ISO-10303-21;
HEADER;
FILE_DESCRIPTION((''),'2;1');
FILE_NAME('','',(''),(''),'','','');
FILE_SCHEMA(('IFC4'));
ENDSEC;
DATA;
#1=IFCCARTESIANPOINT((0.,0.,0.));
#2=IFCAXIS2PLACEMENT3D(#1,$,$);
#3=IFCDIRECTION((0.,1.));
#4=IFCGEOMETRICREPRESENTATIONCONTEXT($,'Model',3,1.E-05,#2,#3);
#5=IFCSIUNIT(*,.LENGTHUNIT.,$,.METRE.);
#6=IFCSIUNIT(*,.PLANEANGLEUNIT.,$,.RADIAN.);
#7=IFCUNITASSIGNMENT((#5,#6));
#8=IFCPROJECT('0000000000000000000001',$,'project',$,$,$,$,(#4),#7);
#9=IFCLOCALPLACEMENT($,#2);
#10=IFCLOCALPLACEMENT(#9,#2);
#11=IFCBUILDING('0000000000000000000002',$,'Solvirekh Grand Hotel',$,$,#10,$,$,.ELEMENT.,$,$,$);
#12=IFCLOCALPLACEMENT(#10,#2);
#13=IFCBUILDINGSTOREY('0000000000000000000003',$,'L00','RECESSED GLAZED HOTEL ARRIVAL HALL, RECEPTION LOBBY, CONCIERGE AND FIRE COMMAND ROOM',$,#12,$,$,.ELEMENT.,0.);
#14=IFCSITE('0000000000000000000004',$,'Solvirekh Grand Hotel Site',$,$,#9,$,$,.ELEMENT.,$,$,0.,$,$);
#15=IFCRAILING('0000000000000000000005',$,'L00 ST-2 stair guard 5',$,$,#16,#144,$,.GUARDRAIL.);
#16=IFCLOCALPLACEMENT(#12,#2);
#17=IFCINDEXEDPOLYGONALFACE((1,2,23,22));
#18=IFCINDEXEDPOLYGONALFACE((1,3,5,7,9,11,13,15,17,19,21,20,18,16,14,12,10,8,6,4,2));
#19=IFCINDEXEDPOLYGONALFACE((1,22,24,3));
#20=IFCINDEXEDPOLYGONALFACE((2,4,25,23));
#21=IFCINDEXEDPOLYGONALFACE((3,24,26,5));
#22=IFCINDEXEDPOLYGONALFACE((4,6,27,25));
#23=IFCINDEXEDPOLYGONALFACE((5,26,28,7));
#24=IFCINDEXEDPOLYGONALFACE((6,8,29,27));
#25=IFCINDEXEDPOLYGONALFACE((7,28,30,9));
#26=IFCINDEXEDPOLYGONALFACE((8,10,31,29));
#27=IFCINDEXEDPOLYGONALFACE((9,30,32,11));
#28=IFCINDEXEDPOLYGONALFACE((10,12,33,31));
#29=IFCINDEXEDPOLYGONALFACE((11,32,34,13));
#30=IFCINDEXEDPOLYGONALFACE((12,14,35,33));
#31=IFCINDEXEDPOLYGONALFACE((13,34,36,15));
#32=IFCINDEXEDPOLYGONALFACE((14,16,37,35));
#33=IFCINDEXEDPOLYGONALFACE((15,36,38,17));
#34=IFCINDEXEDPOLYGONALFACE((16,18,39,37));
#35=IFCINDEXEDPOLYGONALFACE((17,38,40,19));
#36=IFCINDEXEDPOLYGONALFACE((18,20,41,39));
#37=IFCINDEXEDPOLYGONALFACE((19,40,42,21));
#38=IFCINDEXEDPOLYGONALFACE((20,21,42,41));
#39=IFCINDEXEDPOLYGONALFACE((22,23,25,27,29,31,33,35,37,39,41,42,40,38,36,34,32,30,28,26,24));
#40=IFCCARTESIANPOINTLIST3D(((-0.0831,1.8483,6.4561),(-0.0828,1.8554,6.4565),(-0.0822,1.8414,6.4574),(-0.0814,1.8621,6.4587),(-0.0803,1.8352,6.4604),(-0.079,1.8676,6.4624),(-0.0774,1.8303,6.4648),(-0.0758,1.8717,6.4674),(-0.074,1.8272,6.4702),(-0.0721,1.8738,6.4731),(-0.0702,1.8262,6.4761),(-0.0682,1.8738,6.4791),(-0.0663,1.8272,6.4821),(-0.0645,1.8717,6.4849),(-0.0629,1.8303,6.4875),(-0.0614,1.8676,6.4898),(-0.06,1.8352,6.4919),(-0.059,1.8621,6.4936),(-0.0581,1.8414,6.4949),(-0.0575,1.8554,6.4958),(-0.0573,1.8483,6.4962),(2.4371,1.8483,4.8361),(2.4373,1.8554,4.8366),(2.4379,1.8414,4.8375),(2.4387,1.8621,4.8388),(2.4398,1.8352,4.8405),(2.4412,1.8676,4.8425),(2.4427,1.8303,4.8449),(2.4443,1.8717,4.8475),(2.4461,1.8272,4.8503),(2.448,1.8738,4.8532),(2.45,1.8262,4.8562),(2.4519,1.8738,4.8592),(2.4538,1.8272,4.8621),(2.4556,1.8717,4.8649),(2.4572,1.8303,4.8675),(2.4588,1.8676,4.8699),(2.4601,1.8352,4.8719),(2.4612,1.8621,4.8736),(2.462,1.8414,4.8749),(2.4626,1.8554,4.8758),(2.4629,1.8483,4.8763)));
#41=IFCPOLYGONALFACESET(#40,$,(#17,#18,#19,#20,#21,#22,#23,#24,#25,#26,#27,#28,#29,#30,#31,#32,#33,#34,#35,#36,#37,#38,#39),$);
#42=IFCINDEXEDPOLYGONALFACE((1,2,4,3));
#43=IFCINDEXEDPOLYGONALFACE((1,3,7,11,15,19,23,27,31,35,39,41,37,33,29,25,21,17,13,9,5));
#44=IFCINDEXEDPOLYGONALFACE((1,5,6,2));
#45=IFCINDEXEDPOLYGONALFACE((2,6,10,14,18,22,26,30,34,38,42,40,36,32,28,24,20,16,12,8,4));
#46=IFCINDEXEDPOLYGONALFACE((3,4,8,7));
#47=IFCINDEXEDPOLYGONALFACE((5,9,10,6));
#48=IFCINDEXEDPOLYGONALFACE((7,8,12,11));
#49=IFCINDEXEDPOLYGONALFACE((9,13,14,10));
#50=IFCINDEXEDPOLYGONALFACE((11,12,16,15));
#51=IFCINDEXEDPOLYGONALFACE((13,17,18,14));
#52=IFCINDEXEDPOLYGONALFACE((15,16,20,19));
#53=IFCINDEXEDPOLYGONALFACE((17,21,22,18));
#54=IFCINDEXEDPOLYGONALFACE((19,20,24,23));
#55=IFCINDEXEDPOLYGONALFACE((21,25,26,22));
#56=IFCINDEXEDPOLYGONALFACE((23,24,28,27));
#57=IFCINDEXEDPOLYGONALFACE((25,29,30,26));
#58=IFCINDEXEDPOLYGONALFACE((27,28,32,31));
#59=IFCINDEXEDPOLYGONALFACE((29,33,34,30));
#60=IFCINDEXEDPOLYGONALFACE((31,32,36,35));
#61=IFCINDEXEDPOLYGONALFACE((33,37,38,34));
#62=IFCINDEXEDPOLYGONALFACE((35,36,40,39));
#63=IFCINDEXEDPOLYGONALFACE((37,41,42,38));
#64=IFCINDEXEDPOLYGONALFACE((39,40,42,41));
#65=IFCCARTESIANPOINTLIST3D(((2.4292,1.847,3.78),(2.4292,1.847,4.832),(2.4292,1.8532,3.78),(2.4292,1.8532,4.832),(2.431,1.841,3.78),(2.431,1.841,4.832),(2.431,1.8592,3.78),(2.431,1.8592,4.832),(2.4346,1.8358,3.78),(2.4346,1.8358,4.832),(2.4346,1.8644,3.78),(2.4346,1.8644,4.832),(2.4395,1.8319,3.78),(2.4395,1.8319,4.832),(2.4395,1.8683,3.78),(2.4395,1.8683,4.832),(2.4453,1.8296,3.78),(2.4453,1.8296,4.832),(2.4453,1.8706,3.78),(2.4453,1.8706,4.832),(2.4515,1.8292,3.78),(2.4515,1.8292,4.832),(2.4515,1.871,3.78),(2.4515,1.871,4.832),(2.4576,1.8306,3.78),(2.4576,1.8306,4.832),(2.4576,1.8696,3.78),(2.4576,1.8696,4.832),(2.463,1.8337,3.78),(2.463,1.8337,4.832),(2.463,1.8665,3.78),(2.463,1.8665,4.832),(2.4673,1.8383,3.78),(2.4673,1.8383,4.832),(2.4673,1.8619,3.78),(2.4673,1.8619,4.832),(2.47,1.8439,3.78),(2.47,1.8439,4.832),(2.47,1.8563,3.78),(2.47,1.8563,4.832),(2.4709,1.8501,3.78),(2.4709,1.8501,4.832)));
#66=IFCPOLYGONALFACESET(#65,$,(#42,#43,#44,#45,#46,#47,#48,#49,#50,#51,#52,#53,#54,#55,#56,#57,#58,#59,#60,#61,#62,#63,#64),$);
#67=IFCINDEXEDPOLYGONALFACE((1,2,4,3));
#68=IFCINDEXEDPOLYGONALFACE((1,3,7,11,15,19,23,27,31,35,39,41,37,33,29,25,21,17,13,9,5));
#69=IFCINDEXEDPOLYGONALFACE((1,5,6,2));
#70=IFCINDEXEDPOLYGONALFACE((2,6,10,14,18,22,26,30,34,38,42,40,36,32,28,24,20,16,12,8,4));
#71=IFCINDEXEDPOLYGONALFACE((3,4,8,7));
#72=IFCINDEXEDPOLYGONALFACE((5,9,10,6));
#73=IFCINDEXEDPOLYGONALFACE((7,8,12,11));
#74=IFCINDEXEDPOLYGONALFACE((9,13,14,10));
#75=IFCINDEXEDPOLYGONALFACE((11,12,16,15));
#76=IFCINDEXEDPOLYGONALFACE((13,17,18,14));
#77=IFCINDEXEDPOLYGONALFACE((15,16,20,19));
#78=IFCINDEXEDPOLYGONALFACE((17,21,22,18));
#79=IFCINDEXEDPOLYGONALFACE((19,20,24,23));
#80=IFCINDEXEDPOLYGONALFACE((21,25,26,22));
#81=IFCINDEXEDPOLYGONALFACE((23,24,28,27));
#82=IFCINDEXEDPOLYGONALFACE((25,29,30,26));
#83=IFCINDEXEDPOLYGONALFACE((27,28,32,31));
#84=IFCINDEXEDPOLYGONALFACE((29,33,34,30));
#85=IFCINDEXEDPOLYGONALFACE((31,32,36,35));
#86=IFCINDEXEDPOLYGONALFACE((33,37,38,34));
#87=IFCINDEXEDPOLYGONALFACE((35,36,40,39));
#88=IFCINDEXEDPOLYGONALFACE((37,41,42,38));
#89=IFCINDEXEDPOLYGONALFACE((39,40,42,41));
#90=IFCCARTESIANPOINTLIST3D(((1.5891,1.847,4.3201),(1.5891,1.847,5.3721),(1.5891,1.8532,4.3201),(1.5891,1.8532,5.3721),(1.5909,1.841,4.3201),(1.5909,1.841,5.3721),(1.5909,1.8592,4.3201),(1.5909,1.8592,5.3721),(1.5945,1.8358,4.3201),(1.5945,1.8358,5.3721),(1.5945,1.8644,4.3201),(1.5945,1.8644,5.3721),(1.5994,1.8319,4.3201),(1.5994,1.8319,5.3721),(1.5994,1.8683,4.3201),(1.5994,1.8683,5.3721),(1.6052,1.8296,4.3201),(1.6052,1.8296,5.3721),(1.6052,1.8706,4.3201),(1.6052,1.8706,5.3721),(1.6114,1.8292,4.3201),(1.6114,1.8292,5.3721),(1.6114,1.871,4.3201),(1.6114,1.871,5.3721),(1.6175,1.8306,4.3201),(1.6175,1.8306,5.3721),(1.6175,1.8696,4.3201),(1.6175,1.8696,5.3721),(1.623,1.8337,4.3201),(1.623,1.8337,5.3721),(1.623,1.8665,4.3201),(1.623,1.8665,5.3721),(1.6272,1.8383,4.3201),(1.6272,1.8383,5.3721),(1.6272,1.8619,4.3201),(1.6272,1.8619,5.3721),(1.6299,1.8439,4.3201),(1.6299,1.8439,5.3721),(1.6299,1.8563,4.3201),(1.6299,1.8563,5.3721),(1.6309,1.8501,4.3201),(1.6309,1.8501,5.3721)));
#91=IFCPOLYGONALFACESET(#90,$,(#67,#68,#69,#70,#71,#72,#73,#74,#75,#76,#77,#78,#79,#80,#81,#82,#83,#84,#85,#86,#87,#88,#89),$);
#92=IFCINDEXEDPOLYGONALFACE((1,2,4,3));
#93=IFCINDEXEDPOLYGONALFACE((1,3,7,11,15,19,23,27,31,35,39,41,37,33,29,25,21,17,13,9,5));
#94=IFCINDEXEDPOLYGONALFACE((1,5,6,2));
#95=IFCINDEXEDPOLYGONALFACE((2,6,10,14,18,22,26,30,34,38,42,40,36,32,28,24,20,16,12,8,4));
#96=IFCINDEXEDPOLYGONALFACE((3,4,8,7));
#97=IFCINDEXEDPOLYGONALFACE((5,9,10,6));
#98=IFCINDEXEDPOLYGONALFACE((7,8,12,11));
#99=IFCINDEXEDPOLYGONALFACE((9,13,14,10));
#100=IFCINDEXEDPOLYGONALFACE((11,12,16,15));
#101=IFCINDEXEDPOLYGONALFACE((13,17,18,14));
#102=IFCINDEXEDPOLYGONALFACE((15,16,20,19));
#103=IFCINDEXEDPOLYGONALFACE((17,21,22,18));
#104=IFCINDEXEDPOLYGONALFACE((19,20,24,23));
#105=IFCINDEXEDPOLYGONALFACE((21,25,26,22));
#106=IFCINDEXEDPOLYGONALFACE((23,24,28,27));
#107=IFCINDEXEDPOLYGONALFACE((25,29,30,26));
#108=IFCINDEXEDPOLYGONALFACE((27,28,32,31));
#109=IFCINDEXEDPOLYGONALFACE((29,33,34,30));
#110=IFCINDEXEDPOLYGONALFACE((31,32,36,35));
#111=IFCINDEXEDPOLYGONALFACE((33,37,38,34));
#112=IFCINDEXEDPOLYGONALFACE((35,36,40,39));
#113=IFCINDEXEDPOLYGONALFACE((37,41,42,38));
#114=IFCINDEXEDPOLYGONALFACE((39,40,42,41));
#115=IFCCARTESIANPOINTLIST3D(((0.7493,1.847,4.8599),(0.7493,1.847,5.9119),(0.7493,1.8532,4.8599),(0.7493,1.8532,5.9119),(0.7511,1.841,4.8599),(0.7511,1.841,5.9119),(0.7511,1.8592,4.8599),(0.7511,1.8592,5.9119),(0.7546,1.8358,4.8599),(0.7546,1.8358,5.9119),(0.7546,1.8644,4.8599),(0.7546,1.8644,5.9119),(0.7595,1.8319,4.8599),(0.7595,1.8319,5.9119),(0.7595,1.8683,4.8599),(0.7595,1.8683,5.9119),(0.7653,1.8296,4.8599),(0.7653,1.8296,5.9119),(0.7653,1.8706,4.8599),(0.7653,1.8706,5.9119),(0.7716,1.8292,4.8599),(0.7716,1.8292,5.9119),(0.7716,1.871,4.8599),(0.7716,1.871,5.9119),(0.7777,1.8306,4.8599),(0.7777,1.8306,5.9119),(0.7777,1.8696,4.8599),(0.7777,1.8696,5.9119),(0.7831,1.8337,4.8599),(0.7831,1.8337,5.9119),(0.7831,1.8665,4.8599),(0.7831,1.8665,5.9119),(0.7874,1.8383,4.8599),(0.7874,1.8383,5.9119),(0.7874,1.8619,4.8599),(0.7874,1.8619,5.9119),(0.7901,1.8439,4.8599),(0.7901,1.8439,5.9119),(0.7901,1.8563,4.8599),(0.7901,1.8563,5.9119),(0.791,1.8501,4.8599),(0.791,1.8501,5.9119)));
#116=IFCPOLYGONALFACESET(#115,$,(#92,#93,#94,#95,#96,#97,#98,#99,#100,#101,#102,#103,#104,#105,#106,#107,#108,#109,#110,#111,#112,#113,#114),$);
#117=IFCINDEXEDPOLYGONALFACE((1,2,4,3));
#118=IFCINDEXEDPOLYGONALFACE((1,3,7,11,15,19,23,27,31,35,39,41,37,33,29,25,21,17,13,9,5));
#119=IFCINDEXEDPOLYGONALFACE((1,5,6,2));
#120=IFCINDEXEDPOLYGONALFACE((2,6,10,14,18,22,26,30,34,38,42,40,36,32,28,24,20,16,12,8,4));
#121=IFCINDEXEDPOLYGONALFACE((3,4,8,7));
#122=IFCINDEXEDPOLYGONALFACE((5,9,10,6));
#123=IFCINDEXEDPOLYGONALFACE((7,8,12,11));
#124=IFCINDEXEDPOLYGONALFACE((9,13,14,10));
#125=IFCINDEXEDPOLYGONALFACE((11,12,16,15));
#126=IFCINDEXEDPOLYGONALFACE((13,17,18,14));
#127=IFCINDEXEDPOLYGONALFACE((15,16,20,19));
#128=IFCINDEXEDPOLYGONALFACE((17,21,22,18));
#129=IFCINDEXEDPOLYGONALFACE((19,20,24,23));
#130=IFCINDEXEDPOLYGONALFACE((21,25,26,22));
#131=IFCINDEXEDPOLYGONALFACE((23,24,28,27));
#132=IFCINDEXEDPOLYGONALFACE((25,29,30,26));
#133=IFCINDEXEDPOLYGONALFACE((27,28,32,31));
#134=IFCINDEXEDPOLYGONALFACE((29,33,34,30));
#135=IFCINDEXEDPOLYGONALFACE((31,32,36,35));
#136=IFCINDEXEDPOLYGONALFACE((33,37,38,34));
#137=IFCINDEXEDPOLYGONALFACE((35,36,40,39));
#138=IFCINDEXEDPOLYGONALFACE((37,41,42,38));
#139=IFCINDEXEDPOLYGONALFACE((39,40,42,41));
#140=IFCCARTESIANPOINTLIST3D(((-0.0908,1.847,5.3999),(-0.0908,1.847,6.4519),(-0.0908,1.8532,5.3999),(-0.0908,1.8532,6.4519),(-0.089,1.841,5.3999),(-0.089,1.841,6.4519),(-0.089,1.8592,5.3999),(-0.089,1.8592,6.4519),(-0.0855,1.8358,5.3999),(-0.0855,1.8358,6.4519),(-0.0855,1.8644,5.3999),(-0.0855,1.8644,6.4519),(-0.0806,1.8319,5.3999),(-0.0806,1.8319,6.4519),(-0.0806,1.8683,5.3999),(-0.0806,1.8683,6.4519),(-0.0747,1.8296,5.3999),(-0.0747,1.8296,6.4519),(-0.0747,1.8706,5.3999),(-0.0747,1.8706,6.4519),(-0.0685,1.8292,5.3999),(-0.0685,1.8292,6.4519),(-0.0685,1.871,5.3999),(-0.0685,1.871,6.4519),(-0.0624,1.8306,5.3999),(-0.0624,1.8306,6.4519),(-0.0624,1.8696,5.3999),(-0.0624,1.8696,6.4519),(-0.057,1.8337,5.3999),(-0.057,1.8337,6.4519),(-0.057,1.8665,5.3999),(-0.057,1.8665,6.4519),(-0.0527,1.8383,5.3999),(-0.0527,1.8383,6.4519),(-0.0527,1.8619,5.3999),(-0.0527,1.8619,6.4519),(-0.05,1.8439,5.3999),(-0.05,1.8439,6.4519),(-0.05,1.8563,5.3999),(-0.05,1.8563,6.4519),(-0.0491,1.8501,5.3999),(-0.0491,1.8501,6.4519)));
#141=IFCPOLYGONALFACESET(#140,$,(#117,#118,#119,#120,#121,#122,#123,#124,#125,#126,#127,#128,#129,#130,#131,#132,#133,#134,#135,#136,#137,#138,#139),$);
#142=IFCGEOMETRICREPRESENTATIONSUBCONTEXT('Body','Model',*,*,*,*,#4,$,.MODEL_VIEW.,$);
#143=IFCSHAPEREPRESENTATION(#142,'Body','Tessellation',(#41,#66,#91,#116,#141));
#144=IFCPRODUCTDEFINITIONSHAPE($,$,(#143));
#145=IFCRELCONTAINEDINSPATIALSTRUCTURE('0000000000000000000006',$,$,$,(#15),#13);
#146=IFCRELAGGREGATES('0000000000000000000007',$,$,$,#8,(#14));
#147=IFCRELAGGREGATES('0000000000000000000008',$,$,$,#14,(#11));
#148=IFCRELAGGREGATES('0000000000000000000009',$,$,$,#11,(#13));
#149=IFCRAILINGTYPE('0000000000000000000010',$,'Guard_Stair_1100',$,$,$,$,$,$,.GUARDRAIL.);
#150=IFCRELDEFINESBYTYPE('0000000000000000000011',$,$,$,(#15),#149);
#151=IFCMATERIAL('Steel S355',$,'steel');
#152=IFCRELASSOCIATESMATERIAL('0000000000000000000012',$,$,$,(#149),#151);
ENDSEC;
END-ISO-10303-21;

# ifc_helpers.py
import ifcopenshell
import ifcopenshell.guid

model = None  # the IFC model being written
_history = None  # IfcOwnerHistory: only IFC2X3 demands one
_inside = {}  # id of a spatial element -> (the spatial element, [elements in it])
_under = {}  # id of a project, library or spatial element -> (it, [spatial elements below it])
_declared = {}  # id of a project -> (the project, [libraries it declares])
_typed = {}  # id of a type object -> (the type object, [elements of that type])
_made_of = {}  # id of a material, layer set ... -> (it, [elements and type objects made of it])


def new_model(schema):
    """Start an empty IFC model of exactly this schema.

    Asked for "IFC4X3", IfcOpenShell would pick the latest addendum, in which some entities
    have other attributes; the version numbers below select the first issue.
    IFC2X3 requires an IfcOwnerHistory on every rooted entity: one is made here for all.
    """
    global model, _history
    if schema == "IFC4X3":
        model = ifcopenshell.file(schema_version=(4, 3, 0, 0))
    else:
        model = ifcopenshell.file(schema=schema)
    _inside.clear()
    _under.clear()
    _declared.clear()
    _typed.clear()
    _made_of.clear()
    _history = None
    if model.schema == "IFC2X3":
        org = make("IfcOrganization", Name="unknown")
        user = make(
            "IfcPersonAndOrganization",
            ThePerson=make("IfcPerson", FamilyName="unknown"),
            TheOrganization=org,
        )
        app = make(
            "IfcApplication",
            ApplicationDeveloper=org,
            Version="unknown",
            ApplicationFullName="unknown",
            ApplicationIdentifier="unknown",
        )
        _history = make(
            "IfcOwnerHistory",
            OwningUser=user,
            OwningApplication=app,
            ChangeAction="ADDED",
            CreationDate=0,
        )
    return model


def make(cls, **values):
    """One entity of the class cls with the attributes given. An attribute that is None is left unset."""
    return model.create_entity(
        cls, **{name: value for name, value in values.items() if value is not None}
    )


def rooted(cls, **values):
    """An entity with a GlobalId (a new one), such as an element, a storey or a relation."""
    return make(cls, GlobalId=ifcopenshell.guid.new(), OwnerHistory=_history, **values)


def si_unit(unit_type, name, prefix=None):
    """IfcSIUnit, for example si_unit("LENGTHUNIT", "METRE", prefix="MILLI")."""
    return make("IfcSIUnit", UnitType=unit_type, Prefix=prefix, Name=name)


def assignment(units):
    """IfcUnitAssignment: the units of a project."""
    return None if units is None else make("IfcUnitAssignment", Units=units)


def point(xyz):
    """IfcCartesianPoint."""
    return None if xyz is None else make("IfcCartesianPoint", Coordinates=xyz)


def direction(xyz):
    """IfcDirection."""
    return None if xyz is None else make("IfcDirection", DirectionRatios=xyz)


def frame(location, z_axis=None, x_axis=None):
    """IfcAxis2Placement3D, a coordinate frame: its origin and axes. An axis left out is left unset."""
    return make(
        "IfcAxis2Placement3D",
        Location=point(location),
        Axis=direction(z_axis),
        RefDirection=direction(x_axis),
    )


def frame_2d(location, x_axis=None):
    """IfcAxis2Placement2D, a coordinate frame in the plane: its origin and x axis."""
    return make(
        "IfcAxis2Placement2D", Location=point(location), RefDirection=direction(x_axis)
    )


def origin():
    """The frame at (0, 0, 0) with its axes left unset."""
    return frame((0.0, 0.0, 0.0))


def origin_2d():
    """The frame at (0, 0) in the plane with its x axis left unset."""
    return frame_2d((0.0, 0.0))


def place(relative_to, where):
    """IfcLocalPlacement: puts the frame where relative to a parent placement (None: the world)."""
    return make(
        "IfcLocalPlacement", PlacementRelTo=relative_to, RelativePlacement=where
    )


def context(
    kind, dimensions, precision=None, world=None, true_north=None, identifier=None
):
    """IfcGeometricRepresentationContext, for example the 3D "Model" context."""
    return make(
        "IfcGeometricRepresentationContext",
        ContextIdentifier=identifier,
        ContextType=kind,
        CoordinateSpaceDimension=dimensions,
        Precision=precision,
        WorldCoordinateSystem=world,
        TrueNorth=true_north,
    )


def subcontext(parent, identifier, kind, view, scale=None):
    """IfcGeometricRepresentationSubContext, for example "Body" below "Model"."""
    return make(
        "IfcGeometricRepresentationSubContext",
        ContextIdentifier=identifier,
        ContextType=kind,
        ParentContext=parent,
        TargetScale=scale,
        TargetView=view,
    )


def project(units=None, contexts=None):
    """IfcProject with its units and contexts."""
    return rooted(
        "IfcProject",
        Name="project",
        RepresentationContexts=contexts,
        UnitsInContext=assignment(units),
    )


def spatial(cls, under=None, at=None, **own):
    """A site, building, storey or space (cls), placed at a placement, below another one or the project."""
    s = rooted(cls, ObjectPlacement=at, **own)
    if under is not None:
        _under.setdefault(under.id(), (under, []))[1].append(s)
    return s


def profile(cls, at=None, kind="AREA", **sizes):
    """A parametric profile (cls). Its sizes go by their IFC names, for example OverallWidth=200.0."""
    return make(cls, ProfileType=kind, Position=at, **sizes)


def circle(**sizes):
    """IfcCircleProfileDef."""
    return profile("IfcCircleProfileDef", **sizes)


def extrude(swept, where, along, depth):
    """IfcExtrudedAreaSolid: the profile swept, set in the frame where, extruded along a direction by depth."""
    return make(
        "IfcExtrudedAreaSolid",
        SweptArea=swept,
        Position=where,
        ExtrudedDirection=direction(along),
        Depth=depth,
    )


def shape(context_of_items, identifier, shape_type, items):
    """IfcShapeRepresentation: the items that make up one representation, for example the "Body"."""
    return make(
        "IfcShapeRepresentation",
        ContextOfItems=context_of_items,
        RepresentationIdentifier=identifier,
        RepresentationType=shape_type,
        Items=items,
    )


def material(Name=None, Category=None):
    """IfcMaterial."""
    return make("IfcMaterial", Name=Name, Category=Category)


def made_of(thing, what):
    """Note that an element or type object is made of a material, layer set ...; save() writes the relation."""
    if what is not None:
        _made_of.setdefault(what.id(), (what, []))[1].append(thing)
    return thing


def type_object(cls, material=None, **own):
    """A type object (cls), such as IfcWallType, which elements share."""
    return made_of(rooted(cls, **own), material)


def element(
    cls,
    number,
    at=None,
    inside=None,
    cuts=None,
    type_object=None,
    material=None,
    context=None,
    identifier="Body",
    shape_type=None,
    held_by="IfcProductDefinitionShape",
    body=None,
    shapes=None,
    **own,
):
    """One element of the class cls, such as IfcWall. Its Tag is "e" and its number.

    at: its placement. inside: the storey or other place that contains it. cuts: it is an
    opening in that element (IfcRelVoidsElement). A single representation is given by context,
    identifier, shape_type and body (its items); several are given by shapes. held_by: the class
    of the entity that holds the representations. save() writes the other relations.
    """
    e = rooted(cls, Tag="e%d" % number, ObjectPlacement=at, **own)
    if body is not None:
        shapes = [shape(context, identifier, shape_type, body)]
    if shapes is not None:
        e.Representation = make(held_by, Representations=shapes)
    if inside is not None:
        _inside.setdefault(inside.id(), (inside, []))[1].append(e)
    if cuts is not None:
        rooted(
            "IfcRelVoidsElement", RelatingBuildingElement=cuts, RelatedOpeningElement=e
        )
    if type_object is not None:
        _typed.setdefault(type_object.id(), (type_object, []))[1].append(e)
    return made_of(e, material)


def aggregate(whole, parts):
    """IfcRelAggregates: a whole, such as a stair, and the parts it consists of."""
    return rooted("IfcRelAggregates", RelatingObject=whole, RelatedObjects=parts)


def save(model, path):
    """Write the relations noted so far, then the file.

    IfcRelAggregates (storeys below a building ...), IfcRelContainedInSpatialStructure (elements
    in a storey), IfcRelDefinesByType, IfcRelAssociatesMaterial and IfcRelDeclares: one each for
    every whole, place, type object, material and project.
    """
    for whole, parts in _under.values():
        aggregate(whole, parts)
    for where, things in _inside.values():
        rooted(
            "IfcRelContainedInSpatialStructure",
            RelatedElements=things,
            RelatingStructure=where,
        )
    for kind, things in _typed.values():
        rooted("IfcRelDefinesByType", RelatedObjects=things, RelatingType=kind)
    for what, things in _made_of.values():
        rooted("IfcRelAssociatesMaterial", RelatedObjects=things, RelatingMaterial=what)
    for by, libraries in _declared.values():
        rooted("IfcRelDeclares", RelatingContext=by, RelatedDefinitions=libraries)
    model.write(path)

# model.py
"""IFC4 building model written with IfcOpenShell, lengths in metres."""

from ifc_helpers import new_model, si_unit, direction, frame, origin, origin_2d, place, context, subcontext, project, spatial, circle, extrude, material, type_object, element, save


model = new_model("IFC4")

# Units and contexts
model_context = context("Model", 3, precision=1e-05, world=origin(), true_north=direction((0.0, 1.0)))
body_context = subcontext(model_context, "Body", "Model", "MODEL_VIEW")
ifc_project = project(units=[si_unit("LENGTHUNIT", "METRE"), si_unit("PLANEANGLEUNIT", "RADIAN")], contexts=[model_context])

# Site, building, storey
site_placement = place(None, origin())
site = spatial("IfcSite", under=ifc_project, at=site_placement, Name="Solvirekh Grand Hotel Site", CompositionType="ELEMENT", RefElevation=0.0)
building_placement = place(site_placement, origin())
building = spatial("IfcBuilding", under=site, at=building_placement, Name="Solvirekh Grand Hotel", CompositionType="ELEMENT")
storey_placement = place(building_placement, origin())
storey = spatial("IfcBuildingStorey", under=building, at=storey_placement, Name="L00", Description="RECESSED GLAZED HOTEL ARRIVAL HALL, RECEPTION LOBBY, CONCIERGE AND FIRE COMMAND ROOM", CompositionType="ELEMENT", Elevation=0.0)

# Railing
ifc_material_1 = material(Name="Steel S355", Category="steel")
railing_type_1 = type_object("IfcRailingType", Name="Guard_Stair_1100", PredefinedType="GUARDRAIL", material=ifc_material_1)
railing_1_placement = place(storey_placement, frame((2.45, 1.8501, 3.78)))
element("IfcRailing", 1, at=railing_1_placement, inside=storey, type_object=railing_type_1, Name="L00 ST-2 stair guard 5", PredefinedType="GUARDRAIL", context=body_context, shape_type="SweptSolid", body=[
    extrude(circle(Radius=0.0239, at=origin_2d()), frame((0.0, 0.0, 1.0762), z_axis=(-0.8412, 0.0, 0.540725), x_axis=(0.0, -1.0, 0.0)), (0.0, 0.0, 1.0), 2.9958),
    extrude(circle(Radius=0.021, at=origin_2d()), origin(), (0.0, 0.0, 1.0), 1.052),
    extrude(circle(Radius=0.021, at=origin_2d()), frame((-0.8401, 0.0, 0.54)), (0.0, 0.0, 1.0), 1.052),
    extrude(circle(Radius=0.021, at=origin_2d()), frame((-1.6799, 0.0, 1.0798)), (0.0, 0.0, 1.0), 1.052),
    extrude(circle(Radius=0.021, at=origin_2d()), frame((-2.52, 0.0, 1.6199)), (0.0, 0.0, 1.0), 1.052),
])

save(model, "model.ifc")
